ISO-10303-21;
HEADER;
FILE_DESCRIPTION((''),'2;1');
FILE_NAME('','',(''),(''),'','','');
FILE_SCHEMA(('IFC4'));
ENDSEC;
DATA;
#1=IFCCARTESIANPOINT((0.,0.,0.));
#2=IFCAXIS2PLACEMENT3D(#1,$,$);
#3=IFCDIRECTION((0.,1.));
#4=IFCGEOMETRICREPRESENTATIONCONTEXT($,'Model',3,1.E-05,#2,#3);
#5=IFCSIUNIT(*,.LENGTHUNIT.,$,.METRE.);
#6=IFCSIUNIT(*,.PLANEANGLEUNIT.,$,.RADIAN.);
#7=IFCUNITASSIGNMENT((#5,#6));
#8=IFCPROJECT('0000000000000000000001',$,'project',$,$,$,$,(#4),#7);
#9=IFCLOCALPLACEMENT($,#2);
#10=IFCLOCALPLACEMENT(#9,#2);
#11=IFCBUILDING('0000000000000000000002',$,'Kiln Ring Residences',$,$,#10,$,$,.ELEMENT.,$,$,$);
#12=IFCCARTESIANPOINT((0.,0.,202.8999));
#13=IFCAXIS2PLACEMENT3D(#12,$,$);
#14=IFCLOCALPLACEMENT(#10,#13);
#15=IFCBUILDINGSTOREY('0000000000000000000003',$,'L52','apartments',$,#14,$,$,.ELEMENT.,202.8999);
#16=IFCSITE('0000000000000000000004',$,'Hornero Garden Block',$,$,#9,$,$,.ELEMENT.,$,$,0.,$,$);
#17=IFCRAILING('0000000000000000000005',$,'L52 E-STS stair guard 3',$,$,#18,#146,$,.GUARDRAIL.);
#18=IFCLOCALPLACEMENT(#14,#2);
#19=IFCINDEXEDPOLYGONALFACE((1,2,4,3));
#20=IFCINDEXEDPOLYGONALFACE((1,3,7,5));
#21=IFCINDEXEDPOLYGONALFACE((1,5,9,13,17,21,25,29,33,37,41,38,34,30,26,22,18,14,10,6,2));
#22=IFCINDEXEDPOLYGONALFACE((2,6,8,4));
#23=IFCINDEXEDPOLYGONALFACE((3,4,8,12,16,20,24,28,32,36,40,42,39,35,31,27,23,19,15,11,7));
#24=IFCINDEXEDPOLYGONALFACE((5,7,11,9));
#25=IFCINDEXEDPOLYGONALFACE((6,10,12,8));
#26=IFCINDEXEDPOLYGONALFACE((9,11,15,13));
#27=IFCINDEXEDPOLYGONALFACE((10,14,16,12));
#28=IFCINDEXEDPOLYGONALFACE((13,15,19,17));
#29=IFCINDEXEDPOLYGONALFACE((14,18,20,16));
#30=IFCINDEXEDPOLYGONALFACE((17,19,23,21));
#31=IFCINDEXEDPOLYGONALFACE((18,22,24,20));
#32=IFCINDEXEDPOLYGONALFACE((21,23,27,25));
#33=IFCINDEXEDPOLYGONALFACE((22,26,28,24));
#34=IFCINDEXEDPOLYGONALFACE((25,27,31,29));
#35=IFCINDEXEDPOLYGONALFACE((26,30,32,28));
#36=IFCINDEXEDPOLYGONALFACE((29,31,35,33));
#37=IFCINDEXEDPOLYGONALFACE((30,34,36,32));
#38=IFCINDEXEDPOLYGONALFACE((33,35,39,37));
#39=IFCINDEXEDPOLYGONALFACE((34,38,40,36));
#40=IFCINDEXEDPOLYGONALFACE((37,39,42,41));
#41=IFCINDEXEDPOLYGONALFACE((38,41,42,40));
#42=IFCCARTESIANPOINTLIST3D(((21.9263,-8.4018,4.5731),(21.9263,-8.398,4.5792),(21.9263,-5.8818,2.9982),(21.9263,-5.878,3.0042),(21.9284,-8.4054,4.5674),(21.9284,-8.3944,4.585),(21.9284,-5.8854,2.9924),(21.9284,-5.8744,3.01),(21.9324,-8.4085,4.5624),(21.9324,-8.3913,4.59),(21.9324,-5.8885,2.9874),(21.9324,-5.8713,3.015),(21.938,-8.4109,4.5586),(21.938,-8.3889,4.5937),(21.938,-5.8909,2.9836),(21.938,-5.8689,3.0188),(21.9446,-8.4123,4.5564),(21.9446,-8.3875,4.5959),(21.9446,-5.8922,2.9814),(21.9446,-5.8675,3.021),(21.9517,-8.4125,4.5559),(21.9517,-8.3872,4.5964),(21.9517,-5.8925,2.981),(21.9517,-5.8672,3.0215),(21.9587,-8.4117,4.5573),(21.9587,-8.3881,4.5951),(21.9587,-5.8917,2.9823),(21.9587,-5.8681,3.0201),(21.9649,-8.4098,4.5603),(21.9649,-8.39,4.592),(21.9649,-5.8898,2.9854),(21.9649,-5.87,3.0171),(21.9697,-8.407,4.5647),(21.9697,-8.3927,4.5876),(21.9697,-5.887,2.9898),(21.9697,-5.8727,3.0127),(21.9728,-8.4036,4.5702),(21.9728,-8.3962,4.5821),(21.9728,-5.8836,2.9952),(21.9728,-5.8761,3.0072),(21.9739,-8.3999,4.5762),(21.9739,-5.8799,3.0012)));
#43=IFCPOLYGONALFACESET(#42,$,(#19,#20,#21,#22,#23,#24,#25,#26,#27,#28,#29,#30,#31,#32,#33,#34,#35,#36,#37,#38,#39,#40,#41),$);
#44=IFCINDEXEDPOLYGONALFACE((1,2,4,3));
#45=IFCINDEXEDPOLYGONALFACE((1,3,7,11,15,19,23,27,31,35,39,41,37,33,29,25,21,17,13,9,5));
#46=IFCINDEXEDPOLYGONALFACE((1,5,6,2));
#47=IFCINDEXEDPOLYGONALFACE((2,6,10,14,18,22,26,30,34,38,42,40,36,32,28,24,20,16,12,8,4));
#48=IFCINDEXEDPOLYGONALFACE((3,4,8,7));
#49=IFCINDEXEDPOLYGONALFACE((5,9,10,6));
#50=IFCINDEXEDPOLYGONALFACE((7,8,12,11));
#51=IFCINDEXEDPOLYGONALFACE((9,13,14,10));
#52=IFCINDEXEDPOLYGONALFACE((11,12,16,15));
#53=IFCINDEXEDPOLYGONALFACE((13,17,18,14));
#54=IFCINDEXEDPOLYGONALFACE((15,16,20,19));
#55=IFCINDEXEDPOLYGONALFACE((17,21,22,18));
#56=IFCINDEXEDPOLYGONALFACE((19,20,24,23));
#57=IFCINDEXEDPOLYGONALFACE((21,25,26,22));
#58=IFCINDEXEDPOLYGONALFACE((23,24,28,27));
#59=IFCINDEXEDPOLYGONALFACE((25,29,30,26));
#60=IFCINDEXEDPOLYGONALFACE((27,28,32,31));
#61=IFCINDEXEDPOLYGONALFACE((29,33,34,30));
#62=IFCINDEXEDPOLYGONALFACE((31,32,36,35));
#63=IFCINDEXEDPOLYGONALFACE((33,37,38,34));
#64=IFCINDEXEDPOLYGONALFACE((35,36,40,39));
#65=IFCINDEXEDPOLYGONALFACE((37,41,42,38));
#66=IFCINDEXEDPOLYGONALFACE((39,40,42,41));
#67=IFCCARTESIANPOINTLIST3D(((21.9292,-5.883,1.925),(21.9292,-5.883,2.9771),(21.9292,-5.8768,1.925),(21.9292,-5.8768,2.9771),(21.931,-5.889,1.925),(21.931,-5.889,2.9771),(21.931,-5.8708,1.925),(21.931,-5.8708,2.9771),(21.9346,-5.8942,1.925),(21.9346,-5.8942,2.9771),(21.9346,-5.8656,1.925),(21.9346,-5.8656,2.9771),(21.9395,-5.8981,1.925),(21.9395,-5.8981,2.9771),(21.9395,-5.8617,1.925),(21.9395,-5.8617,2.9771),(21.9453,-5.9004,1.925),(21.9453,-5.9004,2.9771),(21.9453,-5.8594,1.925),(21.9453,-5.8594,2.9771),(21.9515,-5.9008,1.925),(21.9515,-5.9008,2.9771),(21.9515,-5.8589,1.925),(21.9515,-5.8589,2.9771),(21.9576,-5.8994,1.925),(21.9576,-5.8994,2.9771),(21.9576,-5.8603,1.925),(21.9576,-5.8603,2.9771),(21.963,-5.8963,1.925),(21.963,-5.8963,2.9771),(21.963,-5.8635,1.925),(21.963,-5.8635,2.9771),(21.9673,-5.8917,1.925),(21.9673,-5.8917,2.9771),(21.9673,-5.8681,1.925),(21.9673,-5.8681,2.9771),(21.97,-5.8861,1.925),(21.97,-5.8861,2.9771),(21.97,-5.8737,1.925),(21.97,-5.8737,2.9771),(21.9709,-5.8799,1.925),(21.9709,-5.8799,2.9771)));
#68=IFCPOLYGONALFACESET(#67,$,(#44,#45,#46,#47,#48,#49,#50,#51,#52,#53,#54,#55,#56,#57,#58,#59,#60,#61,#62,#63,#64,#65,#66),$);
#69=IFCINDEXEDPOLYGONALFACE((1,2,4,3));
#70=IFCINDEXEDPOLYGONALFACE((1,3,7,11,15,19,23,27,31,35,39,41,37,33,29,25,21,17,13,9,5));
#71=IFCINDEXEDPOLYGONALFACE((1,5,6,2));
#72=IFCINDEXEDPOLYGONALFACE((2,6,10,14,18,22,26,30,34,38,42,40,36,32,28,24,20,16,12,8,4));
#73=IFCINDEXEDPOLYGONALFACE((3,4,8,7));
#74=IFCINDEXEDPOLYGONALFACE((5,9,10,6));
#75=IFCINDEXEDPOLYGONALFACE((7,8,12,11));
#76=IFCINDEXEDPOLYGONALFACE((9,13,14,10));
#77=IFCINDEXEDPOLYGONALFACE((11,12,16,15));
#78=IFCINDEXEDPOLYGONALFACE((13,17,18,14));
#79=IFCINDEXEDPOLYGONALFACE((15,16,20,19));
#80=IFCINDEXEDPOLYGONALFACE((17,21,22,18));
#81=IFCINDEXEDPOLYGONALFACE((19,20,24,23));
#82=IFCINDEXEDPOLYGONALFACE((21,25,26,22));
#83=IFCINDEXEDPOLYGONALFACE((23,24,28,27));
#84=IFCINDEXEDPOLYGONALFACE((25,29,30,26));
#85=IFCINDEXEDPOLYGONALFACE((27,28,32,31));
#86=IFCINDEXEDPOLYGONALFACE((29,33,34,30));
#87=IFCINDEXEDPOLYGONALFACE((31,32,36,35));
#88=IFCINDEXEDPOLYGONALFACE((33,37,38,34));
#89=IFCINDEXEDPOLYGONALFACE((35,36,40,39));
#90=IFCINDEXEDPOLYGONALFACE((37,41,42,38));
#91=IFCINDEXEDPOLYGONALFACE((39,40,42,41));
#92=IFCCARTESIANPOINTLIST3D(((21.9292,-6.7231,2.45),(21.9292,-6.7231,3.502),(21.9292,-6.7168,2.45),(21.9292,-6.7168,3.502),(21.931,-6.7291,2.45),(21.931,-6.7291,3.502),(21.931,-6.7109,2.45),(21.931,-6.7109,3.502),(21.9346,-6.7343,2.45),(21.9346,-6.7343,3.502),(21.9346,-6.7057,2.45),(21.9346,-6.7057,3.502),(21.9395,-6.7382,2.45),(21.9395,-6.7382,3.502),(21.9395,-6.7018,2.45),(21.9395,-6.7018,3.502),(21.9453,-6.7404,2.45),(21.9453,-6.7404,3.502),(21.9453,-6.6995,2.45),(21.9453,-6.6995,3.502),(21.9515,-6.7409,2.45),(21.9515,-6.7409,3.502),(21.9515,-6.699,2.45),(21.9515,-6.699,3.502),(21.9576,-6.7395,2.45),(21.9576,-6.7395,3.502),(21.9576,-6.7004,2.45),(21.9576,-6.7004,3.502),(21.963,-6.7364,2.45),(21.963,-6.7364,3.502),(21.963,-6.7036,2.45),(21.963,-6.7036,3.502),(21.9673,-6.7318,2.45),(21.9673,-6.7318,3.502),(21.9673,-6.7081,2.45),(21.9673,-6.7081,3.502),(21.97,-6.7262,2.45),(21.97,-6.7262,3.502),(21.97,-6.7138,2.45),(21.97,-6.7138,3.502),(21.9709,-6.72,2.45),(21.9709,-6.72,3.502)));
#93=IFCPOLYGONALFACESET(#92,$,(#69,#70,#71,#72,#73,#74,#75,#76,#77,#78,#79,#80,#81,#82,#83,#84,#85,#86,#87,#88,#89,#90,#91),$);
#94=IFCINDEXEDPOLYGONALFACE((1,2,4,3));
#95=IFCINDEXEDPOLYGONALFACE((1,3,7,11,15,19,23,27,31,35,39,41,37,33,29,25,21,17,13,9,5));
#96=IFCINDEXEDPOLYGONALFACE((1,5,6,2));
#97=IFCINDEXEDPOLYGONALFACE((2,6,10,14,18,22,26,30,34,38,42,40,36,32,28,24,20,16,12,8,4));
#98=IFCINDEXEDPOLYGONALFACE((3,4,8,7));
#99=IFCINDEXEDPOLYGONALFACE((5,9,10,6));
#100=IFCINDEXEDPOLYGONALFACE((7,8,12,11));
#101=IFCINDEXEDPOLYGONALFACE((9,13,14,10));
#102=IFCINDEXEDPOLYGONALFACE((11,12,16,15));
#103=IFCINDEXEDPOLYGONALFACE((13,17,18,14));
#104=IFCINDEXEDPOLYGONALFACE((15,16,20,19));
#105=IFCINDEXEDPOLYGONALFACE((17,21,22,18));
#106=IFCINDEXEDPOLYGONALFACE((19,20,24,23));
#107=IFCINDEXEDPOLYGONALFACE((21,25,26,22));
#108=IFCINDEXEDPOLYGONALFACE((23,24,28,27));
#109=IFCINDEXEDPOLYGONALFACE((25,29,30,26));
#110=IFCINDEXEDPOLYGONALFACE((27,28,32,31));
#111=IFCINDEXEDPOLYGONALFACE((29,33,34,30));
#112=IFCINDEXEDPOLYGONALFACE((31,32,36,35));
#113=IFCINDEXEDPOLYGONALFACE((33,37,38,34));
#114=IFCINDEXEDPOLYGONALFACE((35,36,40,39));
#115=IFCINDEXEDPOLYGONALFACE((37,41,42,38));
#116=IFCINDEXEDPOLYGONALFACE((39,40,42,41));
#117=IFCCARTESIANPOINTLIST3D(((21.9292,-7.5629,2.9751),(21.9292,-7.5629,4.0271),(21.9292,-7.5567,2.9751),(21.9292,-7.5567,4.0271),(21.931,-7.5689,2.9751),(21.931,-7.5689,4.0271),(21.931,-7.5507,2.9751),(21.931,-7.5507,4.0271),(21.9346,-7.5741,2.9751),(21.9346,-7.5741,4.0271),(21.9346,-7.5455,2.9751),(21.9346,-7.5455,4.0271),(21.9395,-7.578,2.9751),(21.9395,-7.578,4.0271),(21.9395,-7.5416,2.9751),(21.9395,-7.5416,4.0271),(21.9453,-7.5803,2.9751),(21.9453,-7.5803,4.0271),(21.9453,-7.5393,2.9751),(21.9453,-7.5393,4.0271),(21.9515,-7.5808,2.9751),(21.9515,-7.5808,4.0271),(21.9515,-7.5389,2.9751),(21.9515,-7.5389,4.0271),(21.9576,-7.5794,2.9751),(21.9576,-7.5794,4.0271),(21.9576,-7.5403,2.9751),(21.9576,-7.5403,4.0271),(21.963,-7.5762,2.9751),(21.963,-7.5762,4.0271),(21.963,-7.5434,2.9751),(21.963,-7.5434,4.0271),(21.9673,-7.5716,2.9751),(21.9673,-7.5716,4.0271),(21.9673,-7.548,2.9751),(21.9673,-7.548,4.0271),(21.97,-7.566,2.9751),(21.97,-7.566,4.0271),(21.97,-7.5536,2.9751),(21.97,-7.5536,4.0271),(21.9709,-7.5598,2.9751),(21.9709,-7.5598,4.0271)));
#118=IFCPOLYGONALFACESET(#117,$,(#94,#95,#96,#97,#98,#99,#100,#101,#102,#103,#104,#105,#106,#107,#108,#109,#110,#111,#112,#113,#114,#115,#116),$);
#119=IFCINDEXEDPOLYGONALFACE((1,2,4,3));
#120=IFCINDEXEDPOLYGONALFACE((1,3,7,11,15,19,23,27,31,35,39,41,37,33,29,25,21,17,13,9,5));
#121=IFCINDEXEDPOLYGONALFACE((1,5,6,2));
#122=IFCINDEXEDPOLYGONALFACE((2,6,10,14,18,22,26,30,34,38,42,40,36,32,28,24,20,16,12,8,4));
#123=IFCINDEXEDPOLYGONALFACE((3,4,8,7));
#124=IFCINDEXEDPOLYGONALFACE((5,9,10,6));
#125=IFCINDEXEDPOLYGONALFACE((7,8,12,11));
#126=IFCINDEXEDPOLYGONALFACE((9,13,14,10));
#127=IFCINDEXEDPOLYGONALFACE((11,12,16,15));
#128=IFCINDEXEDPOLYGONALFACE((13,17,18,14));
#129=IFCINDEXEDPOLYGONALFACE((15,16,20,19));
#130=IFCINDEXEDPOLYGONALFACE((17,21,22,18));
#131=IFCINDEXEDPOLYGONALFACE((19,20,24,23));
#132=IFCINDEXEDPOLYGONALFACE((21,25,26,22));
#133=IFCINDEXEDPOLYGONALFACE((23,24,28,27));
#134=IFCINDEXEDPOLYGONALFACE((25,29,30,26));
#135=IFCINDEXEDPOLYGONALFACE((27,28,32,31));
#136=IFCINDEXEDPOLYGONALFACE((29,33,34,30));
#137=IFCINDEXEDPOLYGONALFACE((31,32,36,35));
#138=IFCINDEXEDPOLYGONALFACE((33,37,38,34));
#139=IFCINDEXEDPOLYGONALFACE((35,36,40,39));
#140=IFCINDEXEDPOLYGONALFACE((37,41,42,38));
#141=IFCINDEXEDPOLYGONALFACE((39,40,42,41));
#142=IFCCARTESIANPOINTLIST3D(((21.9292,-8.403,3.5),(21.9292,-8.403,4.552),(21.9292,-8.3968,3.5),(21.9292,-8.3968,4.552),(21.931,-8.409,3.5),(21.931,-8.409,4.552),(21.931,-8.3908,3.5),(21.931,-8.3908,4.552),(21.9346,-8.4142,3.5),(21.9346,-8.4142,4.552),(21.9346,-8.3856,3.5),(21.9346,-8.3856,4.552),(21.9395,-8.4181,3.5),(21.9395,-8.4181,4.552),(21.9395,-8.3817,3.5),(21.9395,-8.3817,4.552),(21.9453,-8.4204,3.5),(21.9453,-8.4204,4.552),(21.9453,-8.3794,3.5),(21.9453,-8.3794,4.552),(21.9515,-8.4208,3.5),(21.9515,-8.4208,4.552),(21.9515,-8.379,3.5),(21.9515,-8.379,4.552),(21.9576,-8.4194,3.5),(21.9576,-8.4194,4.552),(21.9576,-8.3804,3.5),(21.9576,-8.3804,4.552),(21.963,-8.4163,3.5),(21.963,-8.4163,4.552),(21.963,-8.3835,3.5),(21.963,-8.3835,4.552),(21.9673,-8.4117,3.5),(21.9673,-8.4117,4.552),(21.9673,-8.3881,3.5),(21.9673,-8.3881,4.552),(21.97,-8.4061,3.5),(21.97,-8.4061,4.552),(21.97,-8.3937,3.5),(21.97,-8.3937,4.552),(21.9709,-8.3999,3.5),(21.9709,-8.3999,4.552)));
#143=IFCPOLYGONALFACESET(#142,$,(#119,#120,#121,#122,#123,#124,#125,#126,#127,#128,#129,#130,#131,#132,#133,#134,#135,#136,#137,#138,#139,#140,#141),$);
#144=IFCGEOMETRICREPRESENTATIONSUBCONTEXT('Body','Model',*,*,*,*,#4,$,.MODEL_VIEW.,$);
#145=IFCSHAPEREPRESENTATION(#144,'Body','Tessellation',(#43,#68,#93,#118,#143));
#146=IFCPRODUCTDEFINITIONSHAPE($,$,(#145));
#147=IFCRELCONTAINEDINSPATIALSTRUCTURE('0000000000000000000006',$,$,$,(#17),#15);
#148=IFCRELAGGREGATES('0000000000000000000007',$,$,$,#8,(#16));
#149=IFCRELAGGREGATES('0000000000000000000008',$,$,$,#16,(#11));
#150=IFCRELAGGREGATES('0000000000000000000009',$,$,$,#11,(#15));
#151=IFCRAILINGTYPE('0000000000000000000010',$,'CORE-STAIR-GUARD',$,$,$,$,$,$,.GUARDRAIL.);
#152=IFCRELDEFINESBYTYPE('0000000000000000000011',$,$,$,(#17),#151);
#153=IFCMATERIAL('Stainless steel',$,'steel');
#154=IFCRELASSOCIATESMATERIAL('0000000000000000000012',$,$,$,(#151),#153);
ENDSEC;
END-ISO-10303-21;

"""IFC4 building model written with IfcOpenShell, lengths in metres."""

from ifc_helpers import new_model, si_unit, direction, frame, origin, origin_2d, place, context, subcontext, project, spatial, circle, extrude, material, type_object, element, save


model = new_model("IFC4")

# Units and contexts
model_context = context("Model", 3, precision=1e-05, world=origin(), true_north=direction((0.0, 1.0)))
body_context = subcontext(model_context, "Body", "Model", "MODEL_VIEW")
ifc_project = project(units=[si_unit("LENGTHUNIT", "METRE"), si_unit("PLANEANGLEUNIT", "RADIAN")], contexts=[model_context])

# Site, building, storey
site_placement = place(None, origin())
site = spatial("IfcSite", under=ifc_project, at=site_placement, Name="Hornero Garden Block", CompositionType="ELEMENT", RefElevation=0.0)
building_placement = place(site_placement, origin())
building = spatial("IfcBuilding", under=site, at=building_placement, Name="Kiln Ring Residences", CompositionType="ELEMENT")
storey_placement = place(building_placement, frame((0.0, 0.0, 202.8999)))
storey = spatial("IfcBuildingStorey", under=building, at=storey_placement, Name="L52", Description="apartments", CompositionType="ELEMENT", Elevation=202.8999)

# Railing
ifc_material_1 = material(Name="Stainless steel", Category="steel")
railing_type_1 = type_object("IfcRailingType", Name="CORE-STAIR-GUARD", PredefinedType="GUARDRAIL", material=ifc_material_1)
railing_1_placement = place(storey_placement, frame((21.95, -5.8799, 1.925)))
element("IfcRailing", 1, at=railing_1_placement, inside=storey, type_object=railing_type_1, Name="L52 E-STS stair guard 3", PredefinedType="GUARDRAIL", context=body_context, shape_type="SweptSolid", body=[
    extrude(circle(Radius=0.0239, at=origin_2d()), frame((0.0, 0.0, 1.0762), z_axis=(0.0, -0.848008, 0.529984), x_axis=(1.0, 0.0, 0.0)), (0.0, 0.0, 1.0), 2.9717),
    extrude(circle(Radius=0.021, at=origin_2d()), origin(), (0.0, 0.0, 1.0), 1.052),
    extrude(circle(Radius=0.021, at=origin_2d()), frame((0.0, -0.8401, 0.5249)), (0.0, 0.0, 1.0), 1.052),
    extrude(circle(Radius=0.021, at=origin_2d()), frame((0.0, -1.6799, 1.05)), (0.0, 0.0, 1.0), 1.052),
    extrude(circle(Radius=0.021, at=origin_2d()), frame((0.0, -2.52, 1.575)), (0.0, 0.0, 1.0), 1.052),
])

save(model, "model.ifc")
